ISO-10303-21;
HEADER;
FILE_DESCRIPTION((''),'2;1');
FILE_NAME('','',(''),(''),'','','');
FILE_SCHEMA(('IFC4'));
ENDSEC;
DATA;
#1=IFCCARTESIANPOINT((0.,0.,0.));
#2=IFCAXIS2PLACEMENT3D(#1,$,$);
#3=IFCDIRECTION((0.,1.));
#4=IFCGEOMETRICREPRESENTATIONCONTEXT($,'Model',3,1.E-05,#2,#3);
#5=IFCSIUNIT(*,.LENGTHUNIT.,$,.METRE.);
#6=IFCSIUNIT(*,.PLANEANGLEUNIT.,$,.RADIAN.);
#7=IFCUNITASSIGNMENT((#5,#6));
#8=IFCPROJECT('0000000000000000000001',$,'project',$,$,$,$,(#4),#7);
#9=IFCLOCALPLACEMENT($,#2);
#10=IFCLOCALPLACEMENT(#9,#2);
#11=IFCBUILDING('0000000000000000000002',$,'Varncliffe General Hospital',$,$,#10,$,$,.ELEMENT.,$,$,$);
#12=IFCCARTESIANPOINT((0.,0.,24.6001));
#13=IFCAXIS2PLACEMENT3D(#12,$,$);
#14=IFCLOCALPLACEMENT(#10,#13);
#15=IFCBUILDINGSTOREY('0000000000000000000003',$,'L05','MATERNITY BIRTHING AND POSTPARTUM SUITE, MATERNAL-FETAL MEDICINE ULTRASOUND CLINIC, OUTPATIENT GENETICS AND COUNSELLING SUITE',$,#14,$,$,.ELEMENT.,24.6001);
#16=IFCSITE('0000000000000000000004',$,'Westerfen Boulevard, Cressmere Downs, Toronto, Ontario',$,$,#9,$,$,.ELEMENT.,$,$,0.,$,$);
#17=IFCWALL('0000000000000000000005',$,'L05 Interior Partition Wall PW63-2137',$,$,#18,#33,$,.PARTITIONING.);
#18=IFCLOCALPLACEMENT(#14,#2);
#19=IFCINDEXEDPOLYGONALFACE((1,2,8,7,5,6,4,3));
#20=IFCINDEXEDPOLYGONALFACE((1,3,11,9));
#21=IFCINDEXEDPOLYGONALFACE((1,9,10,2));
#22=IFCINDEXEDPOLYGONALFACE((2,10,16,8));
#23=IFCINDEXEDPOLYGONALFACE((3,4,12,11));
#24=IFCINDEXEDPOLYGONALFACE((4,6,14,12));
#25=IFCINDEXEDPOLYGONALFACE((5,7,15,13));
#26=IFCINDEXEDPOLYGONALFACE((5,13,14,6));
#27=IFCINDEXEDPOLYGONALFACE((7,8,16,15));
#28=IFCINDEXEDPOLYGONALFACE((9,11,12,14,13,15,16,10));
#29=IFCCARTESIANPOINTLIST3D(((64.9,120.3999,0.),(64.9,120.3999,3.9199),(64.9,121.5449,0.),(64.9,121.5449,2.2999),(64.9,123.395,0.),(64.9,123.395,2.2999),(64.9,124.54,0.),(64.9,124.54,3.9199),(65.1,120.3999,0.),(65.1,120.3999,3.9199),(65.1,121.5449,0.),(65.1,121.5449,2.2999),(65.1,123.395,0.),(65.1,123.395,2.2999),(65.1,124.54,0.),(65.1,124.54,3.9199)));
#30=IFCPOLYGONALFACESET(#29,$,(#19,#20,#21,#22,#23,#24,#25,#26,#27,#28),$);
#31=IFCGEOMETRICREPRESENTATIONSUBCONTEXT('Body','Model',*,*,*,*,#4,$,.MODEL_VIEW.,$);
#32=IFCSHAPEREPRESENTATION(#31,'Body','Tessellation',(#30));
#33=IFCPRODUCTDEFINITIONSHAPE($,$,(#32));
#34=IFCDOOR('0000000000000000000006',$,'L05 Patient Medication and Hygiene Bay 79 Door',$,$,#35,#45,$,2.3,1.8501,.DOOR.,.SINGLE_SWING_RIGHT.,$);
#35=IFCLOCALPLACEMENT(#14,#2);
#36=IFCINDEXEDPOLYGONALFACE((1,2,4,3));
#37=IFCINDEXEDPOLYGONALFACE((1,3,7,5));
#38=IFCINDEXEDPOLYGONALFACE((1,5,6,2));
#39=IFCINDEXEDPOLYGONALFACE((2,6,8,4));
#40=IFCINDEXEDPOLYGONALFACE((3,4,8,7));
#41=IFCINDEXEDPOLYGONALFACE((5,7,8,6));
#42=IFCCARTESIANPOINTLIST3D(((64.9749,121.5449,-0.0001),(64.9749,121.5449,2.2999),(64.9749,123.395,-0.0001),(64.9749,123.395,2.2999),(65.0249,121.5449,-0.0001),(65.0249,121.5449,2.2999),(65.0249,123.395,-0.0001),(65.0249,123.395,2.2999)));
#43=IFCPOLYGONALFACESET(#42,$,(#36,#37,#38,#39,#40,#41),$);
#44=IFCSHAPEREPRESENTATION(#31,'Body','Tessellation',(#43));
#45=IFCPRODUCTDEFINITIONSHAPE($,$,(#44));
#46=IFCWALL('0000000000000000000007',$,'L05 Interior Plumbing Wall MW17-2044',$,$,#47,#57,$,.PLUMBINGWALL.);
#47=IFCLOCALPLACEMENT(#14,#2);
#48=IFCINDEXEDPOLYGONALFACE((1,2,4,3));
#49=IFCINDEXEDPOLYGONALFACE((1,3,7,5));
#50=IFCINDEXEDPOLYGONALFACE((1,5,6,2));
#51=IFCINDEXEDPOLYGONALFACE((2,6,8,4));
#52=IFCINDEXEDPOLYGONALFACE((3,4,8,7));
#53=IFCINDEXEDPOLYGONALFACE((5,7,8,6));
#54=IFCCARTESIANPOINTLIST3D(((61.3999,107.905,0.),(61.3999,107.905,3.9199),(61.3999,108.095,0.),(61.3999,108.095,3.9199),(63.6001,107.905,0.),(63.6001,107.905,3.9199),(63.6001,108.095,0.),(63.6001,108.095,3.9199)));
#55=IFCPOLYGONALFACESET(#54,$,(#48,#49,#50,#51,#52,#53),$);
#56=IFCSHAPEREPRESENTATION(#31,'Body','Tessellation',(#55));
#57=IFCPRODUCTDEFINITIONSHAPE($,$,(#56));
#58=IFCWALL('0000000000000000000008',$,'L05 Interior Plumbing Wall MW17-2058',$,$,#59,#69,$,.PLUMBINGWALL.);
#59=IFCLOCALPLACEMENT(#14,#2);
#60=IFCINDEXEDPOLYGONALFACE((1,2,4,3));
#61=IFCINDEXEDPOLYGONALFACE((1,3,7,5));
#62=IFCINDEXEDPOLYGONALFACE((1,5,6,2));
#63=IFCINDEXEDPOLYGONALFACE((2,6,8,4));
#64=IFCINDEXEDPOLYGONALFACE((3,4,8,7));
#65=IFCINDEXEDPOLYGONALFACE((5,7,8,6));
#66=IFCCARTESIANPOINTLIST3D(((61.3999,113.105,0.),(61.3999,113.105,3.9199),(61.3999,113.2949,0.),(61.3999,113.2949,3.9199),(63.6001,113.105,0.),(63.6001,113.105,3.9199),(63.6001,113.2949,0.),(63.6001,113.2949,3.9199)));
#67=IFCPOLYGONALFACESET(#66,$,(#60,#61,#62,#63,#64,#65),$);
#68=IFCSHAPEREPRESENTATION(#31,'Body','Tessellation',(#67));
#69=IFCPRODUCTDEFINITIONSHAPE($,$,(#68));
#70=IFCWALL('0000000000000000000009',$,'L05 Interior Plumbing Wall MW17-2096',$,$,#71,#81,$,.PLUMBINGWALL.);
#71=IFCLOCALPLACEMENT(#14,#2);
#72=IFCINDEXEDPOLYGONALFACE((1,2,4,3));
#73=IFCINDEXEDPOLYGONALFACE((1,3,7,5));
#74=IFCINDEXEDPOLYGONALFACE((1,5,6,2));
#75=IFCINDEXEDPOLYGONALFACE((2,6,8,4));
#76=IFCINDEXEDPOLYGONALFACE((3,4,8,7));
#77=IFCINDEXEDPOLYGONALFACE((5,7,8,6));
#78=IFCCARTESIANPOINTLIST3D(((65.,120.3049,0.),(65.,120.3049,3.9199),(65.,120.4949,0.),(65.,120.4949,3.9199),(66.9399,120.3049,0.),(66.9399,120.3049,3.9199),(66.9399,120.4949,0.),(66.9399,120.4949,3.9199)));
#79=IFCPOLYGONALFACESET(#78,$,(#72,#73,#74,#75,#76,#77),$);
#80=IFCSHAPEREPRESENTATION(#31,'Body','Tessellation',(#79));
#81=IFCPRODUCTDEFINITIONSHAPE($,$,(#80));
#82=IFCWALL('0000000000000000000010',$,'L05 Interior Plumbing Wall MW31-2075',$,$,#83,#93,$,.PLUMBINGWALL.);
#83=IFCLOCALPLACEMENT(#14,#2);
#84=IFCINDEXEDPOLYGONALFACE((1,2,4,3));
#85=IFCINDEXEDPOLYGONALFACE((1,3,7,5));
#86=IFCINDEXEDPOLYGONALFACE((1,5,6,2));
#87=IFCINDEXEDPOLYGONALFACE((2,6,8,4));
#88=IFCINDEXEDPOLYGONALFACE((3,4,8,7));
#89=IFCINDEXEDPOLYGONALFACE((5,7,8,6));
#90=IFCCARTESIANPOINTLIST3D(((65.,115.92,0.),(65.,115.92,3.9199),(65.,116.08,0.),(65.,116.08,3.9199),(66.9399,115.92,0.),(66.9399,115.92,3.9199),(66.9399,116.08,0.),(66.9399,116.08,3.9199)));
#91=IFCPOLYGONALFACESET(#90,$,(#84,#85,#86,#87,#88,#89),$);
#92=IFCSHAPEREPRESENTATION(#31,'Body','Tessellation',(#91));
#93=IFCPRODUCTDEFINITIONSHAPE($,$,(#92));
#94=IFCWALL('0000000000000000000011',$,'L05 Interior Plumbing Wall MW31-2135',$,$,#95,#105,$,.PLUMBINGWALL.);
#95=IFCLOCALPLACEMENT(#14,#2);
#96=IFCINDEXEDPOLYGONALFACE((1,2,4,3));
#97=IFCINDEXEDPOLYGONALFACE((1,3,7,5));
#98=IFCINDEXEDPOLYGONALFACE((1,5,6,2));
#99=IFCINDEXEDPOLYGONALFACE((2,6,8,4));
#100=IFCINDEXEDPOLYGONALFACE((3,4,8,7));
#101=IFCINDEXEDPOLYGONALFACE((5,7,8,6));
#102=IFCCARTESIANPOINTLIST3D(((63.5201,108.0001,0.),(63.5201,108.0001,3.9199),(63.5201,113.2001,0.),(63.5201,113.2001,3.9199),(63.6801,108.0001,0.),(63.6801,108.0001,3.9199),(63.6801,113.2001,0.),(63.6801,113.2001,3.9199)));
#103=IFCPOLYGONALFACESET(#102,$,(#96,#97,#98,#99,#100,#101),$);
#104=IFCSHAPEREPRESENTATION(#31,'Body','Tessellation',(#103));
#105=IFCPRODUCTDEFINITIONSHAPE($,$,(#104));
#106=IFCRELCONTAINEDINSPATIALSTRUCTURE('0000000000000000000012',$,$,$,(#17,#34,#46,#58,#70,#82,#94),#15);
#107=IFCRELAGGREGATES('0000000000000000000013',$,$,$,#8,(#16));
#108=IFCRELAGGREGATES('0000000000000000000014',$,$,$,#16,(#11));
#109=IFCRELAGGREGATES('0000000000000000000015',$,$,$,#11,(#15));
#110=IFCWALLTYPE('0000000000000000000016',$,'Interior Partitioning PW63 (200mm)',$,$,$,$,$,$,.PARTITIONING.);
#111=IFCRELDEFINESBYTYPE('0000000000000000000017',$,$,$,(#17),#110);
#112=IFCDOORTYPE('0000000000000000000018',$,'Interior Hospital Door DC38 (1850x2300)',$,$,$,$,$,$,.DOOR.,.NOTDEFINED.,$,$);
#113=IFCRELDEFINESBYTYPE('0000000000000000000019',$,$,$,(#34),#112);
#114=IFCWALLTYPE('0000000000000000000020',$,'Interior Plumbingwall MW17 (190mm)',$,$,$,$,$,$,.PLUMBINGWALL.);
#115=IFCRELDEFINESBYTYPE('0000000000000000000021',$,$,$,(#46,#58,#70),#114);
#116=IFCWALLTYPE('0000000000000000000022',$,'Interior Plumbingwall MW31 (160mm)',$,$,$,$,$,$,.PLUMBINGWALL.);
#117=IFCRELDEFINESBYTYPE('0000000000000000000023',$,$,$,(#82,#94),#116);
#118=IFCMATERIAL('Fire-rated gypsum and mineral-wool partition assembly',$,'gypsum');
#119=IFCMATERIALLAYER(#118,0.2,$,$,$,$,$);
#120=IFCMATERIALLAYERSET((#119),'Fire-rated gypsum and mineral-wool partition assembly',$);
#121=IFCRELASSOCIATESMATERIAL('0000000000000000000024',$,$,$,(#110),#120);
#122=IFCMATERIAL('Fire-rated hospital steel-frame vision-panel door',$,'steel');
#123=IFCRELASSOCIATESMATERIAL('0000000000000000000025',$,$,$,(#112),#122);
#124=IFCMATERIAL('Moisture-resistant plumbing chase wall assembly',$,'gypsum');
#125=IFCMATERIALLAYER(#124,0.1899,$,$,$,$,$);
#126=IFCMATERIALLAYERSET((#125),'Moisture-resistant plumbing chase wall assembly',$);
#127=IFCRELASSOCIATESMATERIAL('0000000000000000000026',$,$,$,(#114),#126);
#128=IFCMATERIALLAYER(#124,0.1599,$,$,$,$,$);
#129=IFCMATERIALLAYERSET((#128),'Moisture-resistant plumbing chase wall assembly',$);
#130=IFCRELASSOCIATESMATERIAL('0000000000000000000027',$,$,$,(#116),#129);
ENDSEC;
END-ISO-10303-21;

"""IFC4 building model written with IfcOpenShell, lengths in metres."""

from ifc_helpers import new_model, si_unit, direction, frame, frame_2d, origin, place, context, subcontext, project, spatial, rectangle, extrude, material, layer, layer_set, type_object, element, fill, save


model = new_model("IFC4")

# Units and contexts
model_context = context("Model", 3, precision=1e-05, world=origin(), true_north=direction((0.0, 1.0)))
body_context = subcontext(model_context, "Body", "Model", "MODEL_VIEW")
ifc_project = project(units=[si_unit("LENGTHUNIT", "METRE"), si_unit("PLANEANGLEUNIT", "RADIAN")], contexts=[model_context])

# Site, building, storey
site_placement = place(None, origin())
site = spatial("IfcSite", under=ifc_project, at=site_placement, Name="Westerfen Boulevard, Cressmere Downs, Toronto, Ontario", CompositionType="ELEMENT", RefElevation=0.0)
building_placement = place(site_placement, origin())
building = spatial("IfcBuilding", under=site, at=building_placement, Name="Varncliffe General Hospital", CompositionType="ELEMENT")
storey_placement = place(building_placement, frame((0.0, 0.0, 24.6001)))
storey = spatial("IfcBuildingStorey", under=building, at=storey_placement, Name="L05", Description="MATERNITY BIRTHING AND POSTPARTUM SUITE, MATERNAL-FETAL MEDICINE ULTRASOUND CLINIC, OUTPATIENT GENETICS AND COUNSELLING SUITE", CompositionType="ELEMENT", Elevation=24.6001)

# Wall, opening, door
ifc_material_1 = material(Name="Fire-rated gypsum and mineral-wool partition assembly", Category="gypsum")
ifc_layer_1 = layer(ifc_material_1, 0.2)
ifc_layer_set_1 = layer_set([ifc_layer_1], Name="Fire-rated gypsum and mineral-wool partition assembly")
wall_type_1 = type_object("IfcWallType", Name="Interior Partitioning PW63 (200mm)", PredefinedType="PARTITIONING", material=ifc_layer_set_1)
wall_1_placement = place(storey_placement, frame((65.0, 120.3999, 0.0), z_axis=(0.0, 0.0, 1.0), x_axis=(0.0, 1.0, 0.0)))
wall_1 = element("IfcWall", 1, at=wall_1_placement, inside=storey, type_object=wall_type_1, Name="L05 Interior Partition Wall PW63-2137", PredefinedType="PARTITIONING", context=body_context, shape_type="SweptSolid", body=[
    extrude(rectangle(XDim=4.1401, YDim=0.2, at=frame_2d((2.0701, 0.0))), origin(), (0.0, 0.0, 1.0), 3.9199),
])
opening_1_placement = place(wall_1_placement, frame((1.145, 0.0, 0.0)))
opening_1 = element("IfcOpeningElement", 2, at=opening_1_placement, cuts=wall_1, PredefinedType="OPENING", context=body_context, shape_type="SweptSolid", body=[
    extrude(rectangle(XDim=1.8501, YDim=2.3, at=frame_2d((0.925, 1.1499))), frame((0.0, 0.1099, 0.0), z_axis=(0.0, -1.0, 0.0), x_axis=(1.0, 0.0, 0.0)), (0.0, 0.0, 1.0), 0.22),
])
ifc_material_2 = material(Name="Fire-rated hospital steel-frame vision-panel door", Category="steel")
door_type_1 = type_object("IfcDoorType", Name="Interior Hospital Door DC38 (1850x2300)", OperationType="NOTDEFINED", PredefinedType="DOOR", material=ifc_material_2)
door_1_placement = place(opening_1_placement, frame((1.8501, 0.0, 0.0), z_axis=(0.0, 0.0, 1.0), x_axis=(-1.0, 0.0, 0.0)))
door_1 = element("IfcDoor", 3, at=door_1_placement, inside=storey, type_object=door_type_1, Name="L05 Patient Medication and Hygiene Bay 79 Door", OperationType="SINGLE_SWING_RIGHT", OverallHeight=2.3, OverallWidth=1.8501, PredefinedType="DOOR", context=body_context, shape_type="SweptSolid", body=[
    extrude(rectangle(XDim=1.8501, YDim=2.3, at=frame_2d((0.925, 1.1499))), frame((0.0, 0.0249, 0.0), z_axis=(0.0, -1.0, 0.0), x_axis=(1.0, 0.0, 0.0)), (0.0, 0.0, 1.0), 0.05),
])
fill(opening_1, door_1)

# Walls
ifc_material_3 = material(Name="Moisture-resistant plumbing chase wall assembly", Category="gypsum")
ifc_layer_2 = layer(ifc_material_3, 0.1899)
ifc_layer_set_2 = layer_set([ifc_layer_2], Name="Moisture-resistant plumbing chase wall assembly")
wall_type_2 = type_object("IfcWallType", Name="Interior Plumbingwall MW17 (190mm)", PredefinedType="PLUMBINGWALL", material=ifc_layer_set_2)
for number, where, z_axis, x_axis, name in (
    (4, (61.3999, 108.0, 0.0), (0.0, 0.0, 1.0), (1.0, 0.0, 0.0), "L05 Interior Plumbing Wall MW17-2044"),
    (5, (61.3999, 113.2, 0.0), (0.0, 0.0, 1.0), (1.0, 0.0, 0.0), "L05 Interior Plumbing Wall MW17-2058"),
):
    element("IfcWall", number, at=place(storey_placement, frame(where, z_axis=z_axis, x_axis=x_axis)), inside=storey, type_object=wall_type_2, Name=name, PredefinedType="PLUMBINGWALL", context=body_context, shape_type="SweptSolid", body=[
        extrude(rectangle(XDim=2.2002, YDim=0.1899, at=frame_2d((1.1001, 0.0))), origin(), (0.0, 0.0, 1.0), 3.9199),
    ])
wall_2_placement = place(storey_placement, frame((65.0, 120.3999, 0.0), z_axis=(0.0, 0.0, 1.0), x_axis=(1.0, 0.0, 0.0)))
element("IfcWall", 6, at=wall_2_placement, inside=storey, type_object=wall_type_2, Name="L05 Interior Plumbing Wall MW17-2096", PredefinedType="PLUMBINGWALL", context=body_context, shape_type="SweptSolid", body=[
    extrude(rectangle(XDim=1.9399, YDim=0.1899, at=frame_2d((0.97, 0.0))), origin(), (0.0, 0.0, 1.0), 3.9199),
])
ifc_layer_3 = layer(ifc_material_3, 0.1599)
ifc_layer_set_3 = layer_set([ifc_layer_3], Name="Moisture-resistant plumbing chase wall assembly")
wall_type_3 = type_object("IfcWallType", Name="Interior Plumbingwall MW31 (160mm)", PredefinedType="PLUMBINGWALL", material=ifc_layer_set_3)
wall_3_placement = place(storey_placement, frame((65.0, 116.0, 0.0), z_axis=(0.0, 0.0, 1.0), x_axis=(1.0, 0.0, 0.0)))
element("IfcWall", 7, at=wall_3_placement, inside=storey, type_object=wall_type_3, Name="L05 Interior Plumbing Wall MW31-2075", PredefinedType="PLUMBINGWALL", context=body_context, shape_type="SweptSolid", body=[
    extrude(rectangle(XDim=1.9399, YDim=0.1599, at=frame_2d((0.97, 0.0))), origin(), (0.0, 0.0, 1.0), 3.9199),
])
wall_4_placement = place(storey_placement, frame((63.6001, 108.0, 0.0), z_axis=(0.0, 0.0, 1.0), x_axis=(0.0, 1.0, 0.0)))
element("IfcWall", 8, at=wall_4_placement, inside=storey, type_object=wall_type_3, Name="L05 Interior Plumbing Wall MW31-2135", PredefinedType="PLUMBINGWALL", context=body_context, shape_type="SweptSolid", body=[
    extrude(rectangle(XDim=5.2, YDim=0.1599, at=frame_2d((2.6001, 0.0))), origin(), (0.0, 0.0, 1.0), 3.9199),
])

save(model, "model.ifc")
